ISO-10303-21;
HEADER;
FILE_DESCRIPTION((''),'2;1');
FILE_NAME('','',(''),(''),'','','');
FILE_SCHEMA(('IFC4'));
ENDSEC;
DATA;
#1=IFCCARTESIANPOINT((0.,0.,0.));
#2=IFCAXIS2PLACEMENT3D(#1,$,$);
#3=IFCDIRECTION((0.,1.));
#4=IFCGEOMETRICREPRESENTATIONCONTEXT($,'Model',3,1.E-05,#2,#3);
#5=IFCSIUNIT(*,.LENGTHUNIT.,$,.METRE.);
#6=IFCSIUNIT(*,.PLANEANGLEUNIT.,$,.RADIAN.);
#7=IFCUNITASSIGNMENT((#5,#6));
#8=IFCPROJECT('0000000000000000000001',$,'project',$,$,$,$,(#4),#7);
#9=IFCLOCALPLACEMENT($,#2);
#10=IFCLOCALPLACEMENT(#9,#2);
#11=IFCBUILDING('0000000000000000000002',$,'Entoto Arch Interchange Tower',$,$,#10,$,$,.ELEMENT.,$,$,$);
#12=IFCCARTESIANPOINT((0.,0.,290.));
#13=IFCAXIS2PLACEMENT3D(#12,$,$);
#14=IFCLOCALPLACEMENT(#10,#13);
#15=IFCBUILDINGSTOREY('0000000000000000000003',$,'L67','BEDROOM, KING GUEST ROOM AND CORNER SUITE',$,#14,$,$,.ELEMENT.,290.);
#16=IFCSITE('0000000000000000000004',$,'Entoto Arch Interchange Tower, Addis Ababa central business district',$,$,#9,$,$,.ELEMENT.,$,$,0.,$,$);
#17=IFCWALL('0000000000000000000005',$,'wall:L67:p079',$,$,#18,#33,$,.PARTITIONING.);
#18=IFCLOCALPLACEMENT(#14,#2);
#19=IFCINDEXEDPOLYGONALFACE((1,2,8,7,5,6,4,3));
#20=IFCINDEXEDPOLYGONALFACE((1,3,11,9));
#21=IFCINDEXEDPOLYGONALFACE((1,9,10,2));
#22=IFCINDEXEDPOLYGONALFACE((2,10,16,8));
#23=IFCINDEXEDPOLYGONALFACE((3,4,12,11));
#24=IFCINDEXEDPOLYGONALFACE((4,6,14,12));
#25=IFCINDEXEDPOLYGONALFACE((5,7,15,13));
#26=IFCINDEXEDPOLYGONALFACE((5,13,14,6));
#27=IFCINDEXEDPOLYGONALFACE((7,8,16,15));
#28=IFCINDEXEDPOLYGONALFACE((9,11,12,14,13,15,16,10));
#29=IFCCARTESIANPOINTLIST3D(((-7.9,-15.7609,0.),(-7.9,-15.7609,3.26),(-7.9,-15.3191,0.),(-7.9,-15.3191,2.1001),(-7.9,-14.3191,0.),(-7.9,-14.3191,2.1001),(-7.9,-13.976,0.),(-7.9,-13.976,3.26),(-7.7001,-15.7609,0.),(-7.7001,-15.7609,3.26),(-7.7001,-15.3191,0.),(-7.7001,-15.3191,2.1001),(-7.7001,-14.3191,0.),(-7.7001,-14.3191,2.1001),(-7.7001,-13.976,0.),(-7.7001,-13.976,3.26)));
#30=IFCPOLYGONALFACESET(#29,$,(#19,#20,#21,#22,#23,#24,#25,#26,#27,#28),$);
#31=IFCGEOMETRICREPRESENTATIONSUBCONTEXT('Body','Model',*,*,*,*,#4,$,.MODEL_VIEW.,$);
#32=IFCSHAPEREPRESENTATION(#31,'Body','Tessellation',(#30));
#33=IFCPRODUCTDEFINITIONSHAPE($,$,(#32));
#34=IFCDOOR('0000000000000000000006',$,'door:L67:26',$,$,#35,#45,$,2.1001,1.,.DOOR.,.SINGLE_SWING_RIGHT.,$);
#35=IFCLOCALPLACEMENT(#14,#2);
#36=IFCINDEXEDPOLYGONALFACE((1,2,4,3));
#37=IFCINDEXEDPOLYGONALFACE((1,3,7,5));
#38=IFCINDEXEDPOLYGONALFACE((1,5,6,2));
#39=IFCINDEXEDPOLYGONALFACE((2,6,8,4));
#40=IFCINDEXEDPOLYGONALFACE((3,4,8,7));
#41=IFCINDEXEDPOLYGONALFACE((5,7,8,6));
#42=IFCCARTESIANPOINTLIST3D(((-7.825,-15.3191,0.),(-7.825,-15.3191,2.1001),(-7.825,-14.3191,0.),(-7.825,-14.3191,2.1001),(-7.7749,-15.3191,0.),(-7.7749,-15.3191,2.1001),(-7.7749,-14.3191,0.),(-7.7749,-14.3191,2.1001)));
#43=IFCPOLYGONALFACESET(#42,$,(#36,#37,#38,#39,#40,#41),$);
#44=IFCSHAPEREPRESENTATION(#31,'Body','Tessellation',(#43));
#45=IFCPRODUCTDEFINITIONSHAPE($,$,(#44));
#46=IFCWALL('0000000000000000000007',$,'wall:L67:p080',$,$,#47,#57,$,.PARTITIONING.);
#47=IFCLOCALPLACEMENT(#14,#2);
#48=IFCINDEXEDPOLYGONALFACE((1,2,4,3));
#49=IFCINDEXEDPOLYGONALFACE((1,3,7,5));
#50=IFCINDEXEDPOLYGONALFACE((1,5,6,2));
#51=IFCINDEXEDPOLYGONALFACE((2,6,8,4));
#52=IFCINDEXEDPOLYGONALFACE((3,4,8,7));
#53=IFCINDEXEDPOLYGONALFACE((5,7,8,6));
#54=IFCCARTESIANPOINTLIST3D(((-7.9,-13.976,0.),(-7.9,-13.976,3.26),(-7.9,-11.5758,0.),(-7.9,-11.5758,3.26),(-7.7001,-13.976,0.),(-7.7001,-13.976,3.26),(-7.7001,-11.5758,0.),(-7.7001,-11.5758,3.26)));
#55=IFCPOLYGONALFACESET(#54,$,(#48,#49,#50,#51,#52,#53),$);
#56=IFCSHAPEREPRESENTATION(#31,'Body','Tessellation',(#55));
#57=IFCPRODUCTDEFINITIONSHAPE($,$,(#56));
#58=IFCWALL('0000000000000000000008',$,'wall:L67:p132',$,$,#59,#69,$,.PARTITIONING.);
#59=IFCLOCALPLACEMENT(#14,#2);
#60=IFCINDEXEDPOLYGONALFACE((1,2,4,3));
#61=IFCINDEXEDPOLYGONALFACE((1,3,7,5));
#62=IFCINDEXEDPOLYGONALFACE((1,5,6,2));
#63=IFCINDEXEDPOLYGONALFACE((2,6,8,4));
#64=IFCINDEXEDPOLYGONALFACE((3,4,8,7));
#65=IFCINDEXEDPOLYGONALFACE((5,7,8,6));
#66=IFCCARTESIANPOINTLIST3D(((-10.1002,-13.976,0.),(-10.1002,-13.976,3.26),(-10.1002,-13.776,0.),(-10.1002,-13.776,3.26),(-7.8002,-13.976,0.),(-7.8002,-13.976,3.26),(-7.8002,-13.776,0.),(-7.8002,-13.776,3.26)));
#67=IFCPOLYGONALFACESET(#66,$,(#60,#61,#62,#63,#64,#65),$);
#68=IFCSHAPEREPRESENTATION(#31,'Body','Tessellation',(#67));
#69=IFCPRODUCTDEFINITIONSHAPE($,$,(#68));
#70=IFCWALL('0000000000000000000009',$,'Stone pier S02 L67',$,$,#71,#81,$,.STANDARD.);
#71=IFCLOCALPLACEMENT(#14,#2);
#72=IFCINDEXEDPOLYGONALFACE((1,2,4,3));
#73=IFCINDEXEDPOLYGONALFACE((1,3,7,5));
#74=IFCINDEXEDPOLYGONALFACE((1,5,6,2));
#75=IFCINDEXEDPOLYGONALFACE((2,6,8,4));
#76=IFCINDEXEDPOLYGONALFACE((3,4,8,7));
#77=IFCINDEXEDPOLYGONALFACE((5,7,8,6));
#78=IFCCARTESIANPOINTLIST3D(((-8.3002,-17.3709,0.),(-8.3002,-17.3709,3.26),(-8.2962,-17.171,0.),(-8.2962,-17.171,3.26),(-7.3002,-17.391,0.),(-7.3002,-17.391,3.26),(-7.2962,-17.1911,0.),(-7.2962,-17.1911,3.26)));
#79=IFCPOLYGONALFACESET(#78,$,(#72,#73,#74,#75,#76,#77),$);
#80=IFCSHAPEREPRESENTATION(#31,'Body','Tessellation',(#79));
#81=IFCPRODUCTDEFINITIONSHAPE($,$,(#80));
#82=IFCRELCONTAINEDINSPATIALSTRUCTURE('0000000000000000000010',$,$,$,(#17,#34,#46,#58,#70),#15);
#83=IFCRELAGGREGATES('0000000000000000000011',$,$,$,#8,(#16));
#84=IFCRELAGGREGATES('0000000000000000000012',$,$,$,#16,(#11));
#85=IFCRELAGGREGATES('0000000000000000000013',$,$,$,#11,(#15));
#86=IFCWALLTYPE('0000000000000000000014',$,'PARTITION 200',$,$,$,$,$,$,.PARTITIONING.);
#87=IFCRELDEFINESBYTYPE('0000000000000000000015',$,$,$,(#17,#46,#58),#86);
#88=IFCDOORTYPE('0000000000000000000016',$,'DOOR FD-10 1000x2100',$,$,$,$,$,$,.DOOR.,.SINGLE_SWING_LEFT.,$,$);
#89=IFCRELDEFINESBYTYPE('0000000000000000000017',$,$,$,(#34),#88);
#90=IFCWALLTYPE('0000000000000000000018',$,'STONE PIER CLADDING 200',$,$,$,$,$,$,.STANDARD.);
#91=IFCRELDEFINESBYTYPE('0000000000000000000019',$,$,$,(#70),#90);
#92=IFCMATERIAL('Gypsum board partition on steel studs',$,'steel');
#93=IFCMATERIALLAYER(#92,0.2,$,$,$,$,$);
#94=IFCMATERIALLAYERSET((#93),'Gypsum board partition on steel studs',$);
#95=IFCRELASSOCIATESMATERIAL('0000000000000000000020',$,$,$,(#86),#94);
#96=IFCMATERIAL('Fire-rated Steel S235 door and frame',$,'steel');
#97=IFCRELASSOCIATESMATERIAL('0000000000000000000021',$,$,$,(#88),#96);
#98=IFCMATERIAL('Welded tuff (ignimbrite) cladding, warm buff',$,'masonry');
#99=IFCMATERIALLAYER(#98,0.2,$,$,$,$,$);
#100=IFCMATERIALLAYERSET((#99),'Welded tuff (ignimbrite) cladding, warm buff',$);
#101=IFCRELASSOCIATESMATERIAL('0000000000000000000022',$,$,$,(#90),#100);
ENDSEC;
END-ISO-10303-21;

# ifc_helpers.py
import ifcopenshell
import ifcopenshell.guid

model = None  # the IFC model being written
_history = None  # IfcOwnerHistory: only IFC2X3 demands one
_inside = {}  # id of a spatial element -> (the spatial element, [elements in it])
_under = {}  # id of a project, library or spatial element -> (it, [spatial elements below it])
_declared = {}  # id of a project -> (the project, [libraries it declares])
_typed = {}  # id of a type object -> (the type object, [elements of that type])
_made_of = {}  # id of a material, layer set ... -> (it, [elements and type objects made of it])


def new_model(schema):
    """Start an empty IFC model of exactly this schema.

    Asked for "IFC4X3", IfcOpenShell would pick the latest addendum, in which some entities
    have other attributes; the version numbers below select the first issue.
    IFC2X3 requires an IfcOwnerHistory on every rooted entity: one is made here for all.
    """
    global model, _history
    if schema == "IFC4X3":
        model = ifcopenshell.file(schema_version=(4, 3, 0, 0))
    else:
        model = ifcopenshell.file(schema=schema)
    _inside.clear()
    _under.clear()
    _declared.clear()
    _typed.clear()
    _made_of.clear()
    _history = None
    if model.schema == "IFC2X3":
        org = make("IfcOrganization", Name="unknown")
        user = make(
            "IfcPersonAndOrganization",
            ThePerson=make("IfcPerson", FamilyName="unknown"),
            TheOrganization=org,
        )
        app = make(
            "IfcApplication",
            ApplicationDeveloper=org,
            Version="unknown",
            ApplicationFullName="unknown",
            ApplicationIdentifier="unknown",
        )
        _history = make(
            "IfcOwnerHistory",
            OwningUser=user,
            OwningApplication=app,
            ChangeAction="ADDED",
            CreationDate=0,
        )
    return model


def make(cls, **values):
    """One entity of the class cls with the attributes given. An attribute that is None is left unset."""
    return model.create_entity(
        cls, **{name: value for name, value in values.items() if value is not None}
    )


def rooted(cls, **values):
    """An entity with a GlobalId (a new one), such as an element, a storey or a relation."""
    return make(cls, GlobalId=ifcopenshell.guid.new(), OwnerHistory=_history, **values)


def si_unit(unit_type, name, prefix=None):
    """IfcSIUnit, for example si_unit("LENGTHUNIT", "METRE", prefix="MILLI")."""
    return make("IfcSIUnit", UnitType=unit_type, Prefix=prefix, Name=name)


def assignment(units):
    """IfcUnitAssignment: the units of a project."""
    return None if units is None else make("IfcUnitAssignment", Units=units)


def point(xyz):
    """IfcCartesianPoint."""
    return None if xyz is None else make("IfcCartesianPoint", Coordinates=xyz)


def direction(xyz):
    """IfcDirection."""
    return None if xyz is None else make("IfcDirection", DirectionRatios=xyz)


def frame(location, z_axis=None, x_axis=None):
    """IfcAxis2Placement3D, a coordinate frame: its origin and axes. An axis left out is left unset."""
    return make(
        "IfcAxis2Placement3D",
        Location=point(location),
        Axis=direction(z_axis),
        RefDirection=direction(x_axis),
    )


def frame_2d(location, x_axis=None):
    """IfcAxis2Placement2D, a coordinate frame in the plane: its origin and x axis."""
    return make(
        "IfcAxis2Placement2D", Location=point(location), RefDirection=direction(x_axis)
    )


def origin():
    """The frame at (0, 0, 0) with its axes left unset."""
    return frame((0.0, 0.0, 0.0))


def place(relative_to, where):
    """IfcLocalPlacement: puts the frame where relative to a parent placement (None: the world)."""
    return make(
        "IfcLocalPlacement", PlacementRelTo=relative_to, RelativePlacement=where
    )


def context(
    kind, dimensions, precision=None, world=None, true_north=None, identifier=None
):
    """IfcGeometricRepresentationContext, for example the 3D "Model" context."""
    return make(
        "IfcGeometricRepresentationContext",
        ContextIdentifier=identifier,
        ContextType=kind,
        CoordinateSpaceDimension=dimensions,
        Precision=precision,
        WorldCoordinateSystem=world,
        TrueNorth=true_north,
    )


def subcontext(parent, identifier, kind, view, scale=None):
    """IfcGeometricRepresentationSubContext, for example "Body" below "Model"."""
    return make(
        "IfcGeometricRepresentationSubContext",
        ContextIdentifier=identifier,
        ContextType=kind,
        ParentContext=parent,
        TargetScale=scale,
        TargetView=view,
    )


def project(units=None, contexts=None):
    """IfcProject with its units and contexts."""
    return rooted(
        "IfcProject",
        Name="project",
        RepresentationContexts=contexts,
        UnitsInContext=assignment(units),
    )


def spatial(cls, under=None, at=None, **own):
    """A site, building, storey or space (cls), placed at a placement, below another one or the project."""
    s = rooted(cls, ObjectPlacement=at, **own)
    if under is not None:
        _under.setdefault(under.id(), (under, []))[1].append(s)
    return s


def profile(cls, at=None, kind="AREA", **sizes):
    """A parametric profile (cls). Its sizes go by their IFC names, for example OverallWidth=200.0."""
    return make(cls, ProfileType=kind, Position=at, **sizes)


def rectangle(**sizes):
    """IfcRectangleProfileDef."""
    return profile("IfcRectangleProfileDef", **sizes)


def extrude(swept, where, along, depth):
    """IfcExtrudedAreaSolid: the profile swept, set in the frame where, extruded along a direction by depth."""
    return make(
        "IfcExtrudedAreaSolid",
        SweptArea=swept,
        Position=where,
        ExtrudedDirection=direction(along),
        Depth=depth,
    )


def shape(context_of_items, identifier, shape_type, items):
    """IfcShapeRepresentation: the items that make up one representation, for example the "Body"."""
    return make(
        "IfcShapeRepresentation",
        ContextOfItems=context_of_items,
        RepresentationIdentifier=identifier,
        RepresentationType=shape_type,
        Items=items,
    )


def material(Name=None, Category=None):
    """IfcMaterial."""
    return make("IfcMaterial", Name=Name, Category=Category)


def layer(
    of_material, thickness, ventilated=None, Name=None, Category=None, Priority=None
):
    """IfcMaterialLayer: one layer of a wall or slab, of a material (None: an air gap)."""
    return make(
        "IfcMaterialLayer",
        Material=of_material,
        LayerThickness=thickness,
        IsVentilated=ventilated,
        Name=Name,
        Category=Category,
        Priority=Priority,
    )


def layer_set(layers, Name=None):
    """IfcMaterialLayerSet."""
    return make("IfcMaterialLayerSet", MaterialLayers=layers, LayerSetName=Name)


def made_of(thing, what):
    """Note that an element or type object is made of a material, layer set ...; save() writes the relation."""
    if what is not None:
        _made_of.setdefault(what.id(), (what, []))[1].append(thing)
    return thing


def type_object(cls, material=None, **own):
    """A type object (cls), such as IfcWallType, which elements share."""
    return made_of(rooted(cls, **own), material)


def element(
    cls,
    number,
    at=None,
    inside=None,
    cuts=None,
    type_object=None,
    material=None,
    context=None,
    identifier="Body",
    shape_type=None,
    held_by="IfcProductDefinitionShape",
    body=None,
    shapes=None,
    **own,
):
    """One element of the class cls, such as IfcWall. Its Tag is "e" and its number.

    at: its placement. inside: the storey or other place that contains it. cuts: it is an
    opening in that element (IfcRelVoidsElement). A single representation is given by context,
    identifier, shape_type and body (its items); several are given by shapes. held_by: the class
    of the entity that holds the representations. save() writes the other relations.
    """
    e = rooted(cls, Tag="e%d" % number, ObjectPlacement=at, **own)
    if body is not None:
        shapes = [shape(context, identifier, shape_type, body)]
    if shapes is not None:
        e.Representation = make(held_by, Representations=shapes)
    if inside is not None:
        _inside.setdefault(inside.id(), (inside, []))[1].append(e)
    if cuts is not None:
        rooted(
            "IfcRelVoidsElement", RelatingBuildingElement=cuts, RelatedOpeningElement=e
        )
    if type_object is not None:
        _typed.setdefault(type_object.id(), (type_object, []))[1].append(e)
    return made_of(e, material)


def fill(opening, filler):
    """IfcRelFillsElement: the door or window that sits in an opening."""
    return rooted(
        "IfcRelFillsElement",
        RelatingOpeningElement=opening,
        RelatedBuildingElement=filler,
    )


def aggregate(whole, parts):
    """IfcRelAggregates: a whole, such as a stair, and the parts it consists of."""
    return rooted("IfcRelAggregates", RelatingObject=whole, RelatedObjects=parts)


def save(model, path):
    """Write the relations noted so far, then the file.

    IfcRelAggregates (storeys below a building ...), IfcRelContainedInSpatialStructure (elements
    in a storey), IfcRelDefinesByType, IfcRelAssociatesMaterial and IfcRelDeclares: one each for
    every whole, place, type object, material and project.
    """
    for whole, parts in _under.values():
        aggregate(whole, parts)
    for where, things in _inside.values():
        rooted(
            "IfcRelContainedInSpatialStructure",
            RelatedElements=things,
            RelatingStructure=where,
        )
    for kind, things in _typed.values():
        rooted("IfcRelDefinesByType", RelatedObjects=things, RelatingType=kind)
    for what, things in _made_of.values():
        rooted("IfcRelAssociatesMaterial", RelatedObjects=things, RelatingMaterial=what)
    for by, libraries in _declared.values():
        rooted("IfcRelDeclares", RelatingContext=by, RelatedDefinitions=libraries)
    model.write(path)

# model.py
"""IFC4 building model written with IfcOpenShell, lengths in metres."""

from ifc_helpers import new_model, si_unit, direction, frame, frame_2d, origin, place, context, subcontext, project, spatial, rectangle, extrude, material, layer, layer_set, type_object, element, fill, save


model = new_model("IFC4")

# Units and contexts
model_context = context("Model", 3, precision=1e-05, world=origin(), true_north=direction((0.0, 1.0)))
body_context = subcontext(model_context, "Body", "Model", "MODEL_VIEW")
ifc_project = project(units=[si_unit("LENGTHUNIT", "METRE"), si_unit("PLANEANGLEUNIT", "RADIAN")], contexts=[model_context])

# Site, building, storey
site_placement = place(None, origin())
site = spatial("IfcSite", under=ifc_project, at=site_placement, Name="Entoto Arch Interchange Tower, Addis Ababa central business district", CompositionType="ELEMENT", RefElevation=0.0)
building_placement = place(site_placement, origin())
building = spatial("IfcBuilding", under=site, at=building_placement, Name="Entoto Arch Interchange Tower", CompositionType="ELEMENT")
storey_placement = place(building_placement, frame((0.0, 0.0, 290.0)))
storey = spatial("IfcBuildingStorey", under=building, at=storey_placement, Name="L67", Description="BEDROOM, KING GUEST ROOM AND CORNER SUITE", CompositionType="ELEMENT", Elevation=290.0)

# Wall, opening, door
ifc_material_1 = material(Name="Gypsum board partition on steel studs", Category="steel")
ifc_layer_1 = layer(ifc_material_1, 0.2)
ifc_layer_set_1 = layer_set([ifc_layer_1], Name="Gypsum board partition on steel studs")
wall_type_1 = type_object("IfcWallType", Name="PARTITION 200", PredefinedType="PARTITIONING", material=ifc_layer_set_1)
wall_1_placement = place(storey_placement, frame((-7.8, -15.761, 0.0), z_axis=(0.0, 0.0, 1.0), x_axis=(0.0, 1.0, 0.0)))
wall_1 = element("IfcWall", 1, at=wall_1_placement, inside=storey, type_object=wall_type_1, Name="wall:L67:p079", PredefinedType="PARTITIONING", context=body_context, shape_type="SweptSolid", body=[
    extrude(rectangle(XDim=1.7849, YDim=0.2, at=frame_2d((0.8926, 0.0))), origin(), (0.0, 0.0, 1.0), 3.26),
])
opening_placement = place(wall_1_placement, frame((0.4419, 0.0, 0.0)))
opening = element("IfcOpeningElement", 2, at=opening_placement, cuts=wall_1, PredefinedType="OPENING", context=body_context, shape_type="SweptSolid", body=[
    extrude(rectangle(XDim=1.0, YDim=2.1001, at=frame_2d((0.5, 1.05))), frame((0.0, 0.1099, 0.0), z_axis=(0.0, -1.0, 0.0), x_axis=(1.0, 0.0, 0.0)), (0.0, 0.0, 1.0), 0.22),
])
ifc_material_2 = material(Name="Fire-rated Steel S235 door and frame", Category="steel")
door_type = type_object("IfcDoorType", Name="DOOR FD-10 1000x2100", OperationType="SINGLE_SWING_LEFT", PredefinedType="DOOR", material=ifc_material_2)
door_placement = place(opening_placement, origin())
door = element("IfcDoor", 3, at=door_placement, inside=storey, type_object=door_type, Name="door:L67:26", OperationType="SINGLE_SWING_RIGHT", OverallHeight=2.1001, OverallWidth=1.0, PredefinedType="DOOR", context=body_context, shape_type="SweptSolid", body=[
    extrude(rectangle(XDim=1.0, YDim=2.1001, at=frame_2d((0.5, 1.05))), frame((0.0, 0.0249, 0.0), z_axis=(0.0, -1.0, 0.0), x_axis=(1.0, 0.0, 0.0)), (0.0, 0.0, 1.0), 0.05),
])
fill(opening, door)

# Walls
wall_2_placement = place(storey_placement, frame((-7.8, -13.9761, 0.0), z_axis=(0.0, 0.0, 1.0), x_axis=(0.0, 1.0, 0.0)))
element("IfcWall", 4, at=wall_2_placement, inside=storey, type_object=wall_type_1, Name="wall:L67:p080", PredefinedType="PARTITIONING", context=body_context, shape_type="SweptSolid", body=[
    extrude(rectangle(XDim=2.4001, YDim=0.2, at=frame_2d((1.2002, 0.0))), origin(), (0.0, 0.0, 1.0), 3.26),
])
wall_3_placement = place(storey_placement, frame((-10.1001, -13.876, 0.0), z_axis=(0.0, 0.0, 1.0), x_axis=(1.0, 0.0, 0.0)))
element("IfcWall", 5, at=wall_3_placement, inside=storey, type_object=wall_type_1, Name="wall:L67:p132", PredefinedType="PARTITIONING", context=body_context, shape_type="SweptSolid", body=[
    extrude(rectangle(XDim=2.3, YDim=0.2, at=frame_2d((1.1499, 0.0))), origin(), (0.0, 0.0, 1.0), 3.26),
])
ifc_material_3 = material(Name="Welded tuff (ignimbrite) cladding, warm buff", Category="masonry")
ifc_layer_2 = layer(ifc_material_3, 0.2)
ifc_layer_set_2 = layer_set([ifc_layer_2], Name="Welded tuff (ignimbrite) cladding, warm buff")
wall_type_2 = type_object("IfcWallType", Name="STONE PIER CLADDING 200", PredefinedType="STANDARD", material=ifc_layer_set_2)
wall_4_placement = place(storey_placement, frame((-8.2981, -17.271, 0.0), z_axis=(0.0, 0.0, 1.0), x_axis=(0.9998, -0.020016, 0.0)))
element("IfcWall", 6, at=wall_4_placement, inside=storey, type_object=wall_type_2, Name="Stone pier S02 L67", PredefinedType="STANDARD", context=body_context, shape_type="SweptSolid", body=[
    extrude(rectangle(XDim=1.0002, YDim=0.2, at=frame_2d((0.5, 0.0))), origin(), (0.0, 0.0, 1.0), 3.26),
])

save(model, "model.ifc")
